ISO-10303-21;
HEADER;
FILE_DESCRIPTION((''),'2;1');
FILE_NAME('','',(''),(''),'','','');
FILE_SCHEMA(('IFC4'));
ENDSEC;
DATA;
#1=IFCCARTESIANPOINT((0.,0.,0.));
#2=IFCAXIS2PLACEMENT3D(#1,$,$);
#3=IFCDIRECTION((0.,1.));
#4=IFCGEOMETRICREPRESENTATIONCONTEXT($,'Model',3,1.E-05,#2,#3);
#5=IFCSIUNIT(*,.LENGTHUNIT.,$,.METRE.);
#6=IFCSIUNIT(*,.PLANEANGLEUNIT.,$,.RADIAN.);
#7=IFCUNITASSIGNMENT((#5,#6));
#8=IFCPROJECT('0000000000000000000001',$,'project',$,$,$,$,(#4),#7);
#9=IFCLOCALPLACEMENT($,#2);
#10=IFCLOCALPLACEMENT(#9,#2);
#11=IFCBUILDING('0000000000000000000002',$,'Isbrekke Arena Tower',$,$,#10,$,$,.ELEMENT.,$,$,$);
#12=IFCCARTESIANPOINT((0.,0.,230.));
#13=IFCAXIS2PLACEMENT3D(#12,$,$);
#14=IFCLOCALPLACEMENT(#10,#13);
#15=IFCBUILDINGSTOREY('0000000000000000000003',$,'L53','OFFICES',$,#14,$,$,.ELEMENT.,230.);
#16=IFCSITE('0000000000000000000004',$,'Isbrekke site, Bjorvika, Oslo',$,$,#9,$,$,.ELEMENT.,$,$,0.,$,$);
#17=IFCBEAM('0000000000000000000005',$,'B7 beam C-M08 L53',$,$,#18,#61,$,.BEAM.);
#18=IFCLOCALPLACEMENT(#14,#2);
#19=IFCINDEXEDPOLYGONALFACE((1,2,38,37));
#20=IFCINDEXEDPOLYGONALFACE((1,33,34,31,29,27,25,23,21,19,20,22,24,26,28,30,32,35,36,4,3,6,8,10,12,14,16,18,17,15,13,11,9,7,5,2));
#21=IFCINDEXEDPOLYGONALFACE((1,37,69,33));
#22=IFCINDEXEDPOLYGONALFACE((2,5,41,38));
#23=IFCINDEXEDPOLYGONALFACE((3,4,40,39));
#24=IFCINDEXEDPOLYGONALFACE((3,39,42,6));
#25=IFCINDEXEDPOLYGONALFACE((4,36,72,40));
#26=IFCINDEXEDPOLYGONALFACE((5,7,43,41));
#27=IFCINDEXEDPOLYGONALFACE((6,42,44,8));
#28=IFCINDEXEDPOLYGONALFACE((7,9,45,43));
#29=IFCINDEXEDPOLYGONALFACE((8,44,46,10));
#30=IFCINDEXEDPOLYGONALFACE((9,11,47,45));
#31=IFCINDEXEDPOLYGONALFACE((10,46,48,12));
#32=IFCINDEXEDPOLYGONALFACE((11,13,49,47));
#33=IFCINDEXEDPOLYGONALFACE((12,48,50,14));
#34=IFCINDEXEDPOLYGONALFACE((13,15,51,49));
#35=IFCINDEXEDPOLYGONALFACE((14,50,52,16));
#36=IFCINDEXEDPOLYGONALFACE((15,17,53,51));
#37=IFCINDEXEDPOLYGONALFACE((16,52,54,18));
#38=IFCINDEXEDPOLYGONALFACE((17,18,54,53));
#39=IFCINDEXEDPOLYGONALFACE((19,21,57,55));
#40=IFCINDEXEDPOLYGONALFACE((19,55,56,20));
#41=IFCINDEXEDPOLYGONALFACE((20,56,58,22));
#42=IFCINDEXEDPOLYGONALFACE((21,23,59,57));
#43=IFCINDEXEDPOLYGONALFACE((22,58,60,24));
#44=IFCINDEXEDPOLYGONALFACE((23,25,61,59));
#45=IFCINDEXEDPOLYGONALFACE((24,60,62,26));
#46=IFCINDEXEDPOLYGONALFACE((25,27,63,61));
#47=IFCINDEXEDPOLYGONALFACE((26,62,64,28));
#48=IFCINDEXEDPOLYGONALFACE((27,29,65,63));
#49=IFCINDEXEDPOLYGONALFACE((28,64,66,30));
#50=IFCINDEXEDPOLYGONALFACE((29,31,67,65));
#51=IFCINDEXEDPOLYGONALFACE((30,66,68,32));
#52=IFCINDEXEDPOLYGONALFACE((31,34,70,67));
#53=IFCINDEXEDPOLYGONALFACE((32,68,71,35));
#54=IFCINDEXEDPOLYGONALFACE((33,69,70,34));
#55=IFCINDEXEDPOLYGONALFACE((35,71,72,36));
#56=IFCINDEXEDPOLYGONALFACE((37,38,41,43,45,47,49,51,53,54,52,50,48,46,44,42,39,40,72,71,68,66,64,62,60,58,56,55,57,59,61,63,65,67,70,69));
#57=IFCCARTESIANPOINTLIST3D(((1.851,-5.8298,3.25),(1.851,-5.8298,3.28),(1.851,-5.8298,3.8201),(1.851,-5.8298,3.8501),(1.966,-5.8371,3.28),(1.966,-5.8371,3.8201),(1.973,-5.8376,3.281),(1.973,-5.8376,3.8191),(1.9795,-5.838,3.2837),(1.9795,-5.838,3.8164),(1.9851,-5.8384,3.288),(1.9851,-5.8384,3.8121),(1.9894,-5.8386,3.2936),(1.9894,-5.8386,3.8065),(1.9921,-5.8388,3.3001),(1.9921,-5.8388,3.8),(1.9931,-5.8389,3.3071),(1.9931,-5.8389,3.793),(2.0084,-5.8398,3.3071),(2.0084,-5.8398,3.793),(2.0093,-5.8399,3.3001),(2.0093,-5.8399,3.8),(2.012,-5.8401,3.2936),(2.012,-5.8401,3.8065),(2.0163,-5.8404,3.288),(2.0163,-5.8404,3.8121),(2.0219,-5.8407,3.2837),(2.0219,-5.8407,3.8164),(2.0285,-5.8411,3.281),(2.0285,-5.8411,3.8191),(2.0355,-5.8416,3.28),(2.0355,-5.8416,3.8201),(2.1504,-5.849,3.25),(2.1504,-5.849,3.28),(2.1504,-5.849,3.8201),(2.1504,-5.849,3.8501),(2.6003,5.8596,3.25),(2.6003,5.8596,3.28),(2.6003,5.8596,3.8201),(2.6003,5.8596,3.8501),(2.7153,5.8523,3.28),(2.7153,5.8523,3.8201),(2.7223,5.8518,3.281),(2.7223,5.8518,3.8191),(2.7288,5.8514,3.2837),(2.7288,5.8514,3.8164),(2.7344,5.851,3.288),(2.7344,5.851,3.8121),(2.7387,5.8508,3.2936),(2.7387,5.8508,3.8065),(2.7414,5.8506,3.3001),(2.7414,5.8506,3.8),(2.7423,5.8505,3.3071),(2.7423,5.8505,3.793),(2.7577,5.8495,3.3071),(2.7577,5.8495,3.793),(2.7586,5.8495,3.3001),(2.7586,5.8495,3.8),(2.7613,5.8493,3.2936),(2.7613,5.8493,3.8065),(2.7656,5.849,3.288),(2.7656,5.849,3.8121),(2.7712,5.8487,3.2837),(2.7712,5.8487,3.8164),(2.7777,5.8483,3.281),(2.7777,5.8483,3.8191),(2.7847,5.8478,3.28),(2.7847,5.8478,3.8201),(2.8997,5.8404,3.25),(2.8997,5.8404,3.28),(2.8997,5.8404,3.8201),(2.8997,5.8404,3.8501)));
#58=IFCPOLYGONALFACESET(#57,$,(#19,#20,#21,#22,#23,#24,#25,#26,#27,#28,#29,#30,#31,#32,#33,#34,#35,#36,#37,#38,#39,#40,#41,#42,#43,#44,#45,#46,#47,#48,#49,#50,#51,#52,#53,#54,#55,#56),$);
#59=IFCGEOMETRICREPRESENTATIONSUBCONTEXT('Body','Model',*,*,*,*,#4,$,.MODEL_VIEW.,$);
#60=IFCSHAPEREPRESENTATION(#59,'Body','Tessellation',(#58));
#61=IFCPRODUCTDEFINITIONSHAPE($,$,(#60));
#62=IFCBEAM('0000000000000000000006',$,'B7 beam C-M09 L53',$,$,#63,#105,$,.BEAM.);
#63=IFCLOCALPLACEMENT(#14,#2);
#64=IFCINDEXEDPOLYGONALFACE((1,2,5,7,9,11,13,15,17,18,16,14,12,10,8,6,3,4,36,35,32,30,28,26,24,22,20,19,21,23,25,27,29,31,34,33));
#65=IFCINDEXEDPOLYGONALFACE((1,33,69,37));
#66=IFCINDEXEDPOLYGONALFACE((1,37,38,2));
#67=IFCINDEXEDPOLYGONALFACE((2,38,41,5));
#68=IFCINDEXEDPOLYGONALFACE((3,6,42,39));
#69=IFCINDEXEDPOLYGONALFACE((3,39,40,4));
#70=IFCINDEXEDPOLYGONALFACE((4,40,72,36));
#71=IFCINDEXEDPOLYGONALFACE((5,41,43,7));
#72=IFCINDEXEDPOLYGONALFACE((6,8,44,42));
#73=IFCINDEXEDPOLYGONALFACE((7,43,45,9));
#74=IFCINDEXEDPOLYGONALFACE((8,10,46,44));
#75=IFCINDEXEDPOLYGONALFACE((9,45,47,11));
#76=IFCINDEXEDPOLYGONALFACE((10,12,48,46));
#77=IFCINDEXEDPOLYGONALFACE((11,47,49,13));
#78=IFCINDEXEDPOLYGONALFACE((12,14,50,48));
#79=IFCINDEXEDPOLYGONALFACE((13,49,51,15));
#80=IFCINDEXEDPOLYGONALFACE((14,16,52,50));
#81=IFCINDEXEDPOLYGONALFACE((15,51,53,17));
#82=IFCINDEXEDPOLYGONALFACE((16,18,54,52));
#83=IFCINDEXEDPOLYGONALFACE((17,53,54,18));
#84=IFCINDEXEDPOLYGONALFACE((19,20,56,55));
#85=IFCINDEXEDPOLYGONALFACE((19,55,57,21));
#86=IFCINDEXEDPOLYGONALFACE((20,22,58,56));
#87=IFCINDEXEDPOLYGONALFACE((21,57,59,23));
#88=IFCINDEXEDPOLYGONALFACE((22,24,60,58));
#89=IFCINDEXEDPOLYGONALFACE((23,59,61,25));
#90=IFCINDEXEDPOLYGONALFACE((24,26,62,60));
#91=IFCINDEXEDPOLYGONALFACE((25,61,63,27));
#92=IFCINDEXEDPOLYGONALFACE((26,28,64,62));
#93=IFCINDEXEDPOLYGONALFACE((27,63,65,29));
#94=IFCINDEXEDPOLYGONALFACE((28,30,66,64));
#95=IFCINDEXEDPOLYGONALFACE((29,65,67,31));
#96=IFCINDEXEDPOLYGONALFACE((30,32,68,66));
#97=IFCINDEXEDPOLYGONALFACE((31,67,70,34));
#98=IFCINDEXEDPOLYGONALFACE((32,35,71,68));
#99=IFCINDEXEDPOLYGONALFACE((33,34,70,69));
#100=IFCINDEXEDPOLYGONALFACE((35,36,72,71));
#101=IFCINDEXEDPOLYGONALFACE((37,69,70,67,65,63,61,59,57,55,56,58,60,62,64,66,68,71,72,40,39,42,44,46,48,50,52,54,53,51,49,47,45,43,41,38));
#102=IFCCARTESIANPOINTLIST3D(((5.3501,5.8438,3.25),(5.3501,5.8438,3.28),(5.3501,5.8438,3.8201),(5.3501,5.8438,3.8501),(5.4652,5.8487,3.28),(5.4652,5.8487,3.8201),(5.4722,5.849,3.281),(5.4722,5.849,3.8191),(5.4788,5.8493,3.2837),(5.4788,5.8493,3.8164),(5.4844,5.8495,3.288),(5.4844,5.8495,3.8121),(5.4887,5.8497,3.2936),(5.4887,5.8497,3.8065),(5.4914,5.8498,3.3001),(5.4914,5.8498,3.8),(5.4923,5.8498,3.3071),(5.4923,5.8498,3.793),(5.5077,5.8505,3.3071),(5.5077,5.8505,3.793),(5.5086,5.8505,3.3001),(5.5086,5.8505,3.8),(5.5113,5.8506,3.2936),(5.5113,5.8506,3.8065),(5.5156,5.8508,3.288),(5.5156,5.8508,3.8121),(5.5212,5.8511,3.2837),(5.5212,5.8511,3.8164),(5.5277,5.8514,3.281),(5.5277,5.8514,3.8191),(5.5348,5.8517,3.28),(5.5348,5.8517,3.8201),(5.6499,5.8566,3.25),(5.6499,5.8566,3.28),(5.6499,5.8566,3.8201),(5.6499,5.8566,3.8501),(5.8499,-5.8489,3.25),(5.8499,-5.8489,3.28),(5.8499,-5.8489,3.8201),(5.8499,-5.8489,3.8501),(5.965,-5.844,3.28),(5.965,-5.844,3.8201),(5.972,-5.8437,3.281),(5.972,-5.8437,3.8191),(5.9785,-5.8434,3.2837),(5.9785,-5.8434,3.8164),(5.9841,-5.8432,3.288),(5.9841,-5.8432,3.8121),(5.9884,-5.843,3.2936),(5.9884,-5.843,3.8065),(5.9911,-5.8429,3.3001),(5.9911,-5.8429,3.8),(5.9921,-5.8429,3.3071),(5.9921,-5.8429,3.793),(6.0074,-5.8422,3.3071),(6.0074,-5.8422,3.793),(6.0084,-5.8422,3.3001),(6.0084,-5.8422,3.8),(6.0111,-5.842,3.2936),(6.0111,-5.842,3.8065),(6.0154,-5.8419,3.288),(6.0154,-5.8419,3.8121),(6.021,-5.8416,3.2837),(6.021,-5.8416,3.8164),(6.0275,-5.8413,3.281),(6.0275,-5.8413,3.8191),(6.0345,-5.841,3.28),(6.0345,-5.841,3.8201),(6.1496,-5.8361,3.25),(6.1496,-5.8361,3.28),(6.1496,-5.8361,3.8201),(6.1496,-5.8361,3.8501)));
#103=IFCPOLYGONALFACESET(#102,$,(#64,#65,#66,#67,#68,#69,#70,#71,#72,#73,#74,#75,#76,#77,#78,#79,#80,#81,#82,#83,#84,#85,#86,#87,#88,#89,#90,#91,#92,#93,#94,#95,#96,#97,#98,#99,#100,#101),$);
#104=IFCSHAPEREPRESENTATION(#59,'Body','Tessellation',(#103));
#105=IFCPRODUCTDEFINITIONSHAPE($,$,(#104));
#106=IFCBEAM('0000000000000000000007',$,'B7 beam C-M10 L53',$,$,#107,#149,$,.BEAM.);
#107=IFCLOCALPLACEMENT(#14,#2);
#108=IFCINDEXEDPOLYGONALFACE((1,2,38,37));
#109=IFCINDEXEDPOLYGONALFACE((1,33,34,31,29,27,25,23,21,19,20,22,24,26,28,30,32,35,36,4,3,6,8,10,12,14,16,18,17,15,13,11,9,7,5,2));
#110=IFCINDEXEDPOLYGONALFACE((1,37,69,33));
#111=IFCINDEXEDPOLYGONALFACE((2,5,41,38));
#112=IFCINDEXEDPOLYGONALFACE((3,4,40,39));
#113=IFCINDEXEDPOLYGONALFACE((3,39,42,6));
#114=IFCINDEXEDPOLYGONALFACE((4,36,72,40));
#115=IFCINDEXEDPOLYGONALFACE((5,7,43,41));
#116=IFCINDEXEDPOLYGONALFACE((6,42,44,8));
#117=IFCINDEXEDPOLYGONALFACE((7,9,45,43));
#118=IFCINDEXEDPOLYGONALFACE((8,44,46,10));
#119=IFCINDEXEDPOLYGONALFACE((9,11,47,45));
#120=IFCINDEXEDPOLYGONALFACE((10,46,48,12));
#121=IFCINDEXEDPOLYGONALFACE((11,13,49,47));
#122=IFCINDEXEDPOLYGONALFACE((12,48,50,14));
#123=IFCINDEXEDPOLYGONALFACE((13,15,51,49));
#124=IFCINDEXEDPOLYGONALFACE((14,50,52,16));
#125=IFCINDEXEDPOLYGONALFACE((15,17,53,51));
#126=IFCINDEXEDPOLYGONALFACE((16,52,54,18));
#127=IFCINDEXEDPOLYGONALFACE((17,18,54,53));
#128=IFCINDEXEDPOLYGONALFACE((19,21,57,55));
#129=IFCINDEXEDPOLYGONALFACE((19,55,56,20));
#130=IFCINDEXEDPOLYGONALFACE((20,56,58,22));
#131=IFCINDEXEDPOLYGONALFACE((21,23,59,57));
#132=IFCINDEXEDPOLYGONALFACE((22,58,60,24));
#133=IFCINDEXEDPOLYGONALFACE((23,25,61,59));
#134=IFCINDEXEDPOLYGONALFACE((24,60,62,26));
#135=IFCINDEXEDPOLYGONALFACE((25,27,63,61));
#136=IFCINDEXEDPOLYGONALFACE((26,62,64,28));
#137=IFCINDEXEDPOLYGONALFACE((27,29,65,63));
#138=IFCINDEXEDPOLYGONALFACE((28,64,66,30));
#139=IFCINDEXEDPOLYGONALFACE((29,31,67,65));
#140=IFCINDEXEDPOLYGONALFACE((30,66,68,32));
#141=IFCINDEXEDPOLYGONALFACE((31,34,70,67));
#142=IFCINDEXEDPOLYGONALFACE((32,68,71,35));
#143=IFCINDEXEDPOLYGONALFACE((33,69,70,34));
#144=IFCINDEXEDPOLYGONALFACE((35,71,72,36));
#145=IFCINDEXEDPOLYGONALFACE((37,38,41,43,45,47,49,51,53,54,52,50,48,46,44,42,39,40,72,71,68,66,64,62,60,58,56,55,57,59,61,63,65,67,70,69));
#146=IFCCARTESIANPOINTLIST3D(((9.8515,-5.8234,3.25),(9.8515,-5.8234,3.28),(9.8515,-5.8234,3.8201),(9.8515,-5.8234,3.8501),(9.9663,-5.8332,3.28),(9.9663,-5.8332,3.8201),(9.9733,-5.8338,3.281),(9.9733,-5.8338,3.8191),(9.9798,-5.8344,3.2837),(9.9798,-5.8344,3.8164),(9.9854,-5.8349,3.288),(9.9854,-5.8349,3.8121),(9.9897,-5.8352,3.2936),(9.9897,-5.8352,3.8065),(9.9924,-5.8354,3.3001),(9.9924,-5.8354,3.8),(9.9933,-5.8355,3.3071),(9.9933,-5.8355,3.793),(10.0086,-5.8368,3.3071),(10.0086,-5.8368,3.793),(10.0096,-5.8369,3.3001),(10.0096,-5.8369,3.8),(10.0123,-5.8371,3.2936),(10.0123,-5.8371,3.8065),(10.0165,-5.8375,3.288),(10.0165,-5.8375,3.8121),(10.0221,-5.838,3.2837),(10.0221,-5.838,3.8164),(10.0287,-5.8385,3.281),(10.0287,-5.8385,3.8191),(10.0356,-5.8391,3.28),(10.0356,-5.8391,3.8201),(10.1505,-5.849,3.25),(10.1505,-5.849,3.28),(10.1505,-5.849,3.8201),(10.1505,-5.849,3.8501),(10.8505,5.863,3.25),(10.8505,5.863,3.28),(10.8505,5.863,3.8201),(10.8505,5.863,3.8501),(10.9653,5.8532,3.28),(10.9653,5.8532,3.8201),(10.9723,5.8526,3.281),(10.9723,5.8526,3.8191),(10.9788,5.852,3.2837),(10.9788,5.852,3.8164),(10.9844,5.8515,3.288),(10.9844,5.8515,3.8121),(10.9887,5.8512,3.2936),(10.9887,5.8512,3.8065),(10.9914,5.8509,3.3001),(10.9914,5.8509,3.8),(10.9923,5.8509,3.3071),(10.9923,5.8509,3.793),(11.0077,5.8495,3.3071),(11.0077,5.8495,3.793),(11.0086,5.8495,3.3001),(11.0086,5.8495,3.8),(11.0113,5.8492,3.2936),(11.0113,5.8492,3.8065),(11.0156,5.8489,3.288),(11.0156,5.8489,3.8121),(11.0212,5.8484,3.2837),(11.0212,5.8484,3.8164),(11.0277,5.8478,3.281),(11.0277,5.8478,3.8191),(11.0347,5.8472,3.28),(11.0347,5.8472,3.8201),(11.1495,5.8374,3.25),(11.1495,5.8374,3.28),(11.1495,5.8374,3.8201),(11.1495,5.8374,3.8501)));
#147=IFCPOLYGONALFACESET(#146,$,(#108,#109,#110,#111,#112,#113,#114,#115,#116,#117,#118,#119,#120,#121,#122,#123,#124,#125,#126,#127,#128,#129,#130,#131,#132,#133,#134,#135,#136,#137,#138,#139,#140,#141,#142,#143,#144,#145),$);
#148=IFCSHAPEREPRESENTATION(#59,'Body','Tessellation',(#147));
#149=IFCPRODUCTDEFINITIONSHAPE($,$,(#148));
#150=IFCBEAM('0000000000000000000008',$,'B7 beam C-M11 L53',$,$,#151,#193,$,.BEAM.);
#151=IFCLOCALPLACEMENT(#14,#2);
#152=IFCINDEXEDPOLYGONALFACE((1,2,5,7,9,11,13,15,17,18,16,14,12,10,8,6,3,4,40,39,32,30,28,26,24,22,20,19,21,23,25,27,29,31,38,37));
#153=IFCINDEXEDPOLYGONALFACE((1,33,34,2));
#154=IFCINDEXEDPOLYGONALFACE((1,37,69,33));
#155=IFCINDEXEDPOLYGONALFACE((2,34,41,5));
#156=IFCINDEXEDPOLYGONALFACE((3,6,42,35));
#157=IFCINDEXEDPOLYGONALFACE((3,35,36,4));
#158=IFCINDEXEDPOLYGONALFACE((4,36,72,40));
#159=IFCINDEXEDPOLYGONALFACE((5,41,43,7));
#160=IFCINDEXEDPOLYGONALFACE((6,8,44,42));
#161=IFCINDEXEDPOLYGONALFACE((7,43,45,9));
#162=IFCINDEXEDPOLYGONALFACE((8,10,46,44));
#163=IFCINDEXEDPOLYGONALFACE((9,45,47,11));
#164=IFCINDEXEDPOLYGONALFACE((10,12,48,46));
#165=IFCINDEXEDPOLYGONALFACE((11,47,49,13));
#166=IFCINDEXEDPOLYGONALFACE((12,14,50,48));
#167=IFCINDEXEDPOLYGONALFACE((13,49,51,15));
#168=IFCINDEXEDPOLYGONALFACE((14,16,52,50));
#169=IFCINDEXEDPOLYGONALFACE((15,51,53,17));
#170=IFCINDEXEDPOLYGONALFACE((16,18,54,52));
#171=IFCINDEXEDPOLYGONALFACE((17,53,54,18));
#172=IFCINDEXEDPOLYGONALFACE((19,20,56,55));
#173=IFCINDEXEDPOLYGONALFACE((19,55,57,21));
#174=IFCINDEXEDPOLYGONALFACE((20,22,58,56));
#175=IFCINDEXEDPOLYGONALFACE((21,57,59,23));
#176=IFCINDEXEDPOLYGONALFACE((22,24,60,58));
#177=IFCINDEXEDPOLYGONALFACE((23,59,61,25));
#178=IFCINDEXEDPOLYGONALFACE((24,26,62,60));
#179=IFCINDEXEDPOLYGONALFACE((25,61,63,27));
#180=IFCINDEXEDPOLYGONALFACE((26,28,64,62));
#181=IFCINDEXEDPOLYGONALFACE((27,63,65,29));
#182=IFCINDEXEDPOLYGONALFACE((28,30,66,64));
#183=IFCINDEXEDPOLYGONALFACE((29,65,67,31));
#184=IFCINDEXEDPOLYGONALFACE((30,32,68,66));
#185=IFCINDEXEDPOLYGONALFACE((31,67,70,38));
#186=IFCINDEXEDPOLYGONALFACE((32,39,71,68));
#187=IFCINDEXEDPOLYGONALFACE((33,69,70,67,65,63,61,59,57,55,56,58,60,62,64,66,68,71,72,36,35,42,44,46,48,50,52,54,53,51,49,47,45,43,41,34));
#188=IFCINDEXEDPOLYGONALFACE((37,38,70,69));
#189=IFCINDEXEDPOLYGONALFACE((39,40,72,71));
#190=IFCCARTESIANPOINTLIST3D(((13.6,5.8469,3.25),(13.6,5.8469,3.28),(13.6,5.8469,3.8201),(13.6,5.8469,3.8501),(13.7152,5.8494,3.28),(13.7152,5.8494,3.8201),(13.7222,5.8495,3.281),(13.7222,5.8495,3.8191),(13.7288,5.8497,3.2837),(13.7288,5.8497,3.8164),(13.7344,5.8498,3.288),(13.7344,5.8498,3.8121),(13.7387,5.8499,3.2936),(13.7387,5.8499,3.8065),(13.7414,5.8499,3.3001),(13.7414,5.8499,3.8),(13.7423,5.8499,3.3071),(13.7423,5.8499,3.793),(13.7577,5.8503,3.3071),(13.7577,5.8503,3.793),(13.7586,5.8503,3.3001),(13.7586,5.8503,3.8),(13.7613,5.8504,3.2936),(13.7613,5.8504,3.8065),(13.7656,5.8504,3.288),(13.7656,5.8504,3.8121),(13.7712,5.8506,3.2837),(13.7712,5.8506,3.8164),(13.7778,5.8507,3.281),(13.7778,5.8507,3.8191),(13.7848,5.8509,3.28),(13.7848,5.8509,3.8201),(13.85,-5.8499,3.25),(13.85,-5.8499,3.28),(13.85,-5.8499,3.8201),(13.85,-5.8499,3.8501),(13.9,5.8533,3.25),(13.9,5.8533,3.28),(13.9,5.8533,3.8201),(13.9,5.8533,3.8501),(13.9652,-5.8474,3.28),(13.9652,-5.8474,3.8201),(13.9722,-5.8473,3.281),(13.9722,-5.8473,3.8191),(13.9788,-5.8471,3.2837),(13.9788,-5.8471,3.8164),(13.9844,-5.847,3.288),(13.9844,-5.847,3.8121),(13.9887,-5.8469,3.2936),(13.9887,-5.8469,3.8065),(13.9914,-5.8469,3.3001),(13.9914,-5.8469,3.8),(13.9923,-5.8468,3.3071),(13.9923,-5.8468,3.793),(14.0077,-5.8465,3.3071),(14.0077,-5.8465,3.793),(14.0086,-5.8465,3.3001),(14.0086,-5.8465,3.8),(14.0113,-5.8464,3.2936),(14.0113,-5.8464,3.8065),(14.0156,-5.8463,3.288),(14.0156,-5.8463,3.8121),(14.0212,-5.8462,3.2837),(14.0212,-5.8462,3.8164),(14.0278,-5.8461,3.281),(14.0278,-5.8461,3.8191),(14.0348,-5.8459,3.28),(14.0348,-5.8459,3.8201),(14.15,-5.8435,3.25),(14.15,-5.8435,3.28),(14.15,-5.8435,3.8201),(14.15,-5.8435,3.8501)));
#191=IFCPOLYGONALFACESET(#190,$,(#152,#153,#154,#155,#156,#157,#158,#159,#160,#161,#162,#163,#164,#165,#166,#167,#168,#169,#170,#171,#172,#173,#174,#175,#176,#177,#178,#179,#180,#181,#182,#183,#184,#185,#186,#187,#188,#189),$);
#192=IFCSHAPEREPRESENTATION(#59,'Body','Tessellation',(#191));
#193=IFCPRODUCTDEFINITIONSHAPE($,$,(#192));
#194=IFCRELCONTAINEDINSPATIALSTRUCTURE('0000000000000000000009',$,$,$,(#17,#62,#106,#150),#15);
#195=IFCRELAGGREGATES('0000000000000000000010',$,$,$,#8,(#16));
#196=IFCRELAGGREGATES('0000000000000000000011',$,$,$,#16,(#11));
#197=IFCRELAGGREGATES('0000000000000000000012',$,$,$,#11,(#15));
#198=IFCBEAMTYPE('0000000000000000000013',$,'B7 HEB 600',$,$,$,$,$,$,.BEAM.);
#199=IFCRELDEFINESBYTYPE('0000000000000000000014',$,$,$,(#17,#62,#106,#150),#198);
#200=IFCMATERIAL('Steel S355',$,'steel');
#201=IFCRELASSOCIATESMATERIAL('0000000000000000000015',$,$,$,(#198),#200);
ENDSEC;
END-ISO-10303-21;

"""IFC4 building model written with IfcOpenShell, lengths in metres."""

from ifc_helpers import new_model, si_unit, direction, frame, origin, origin_2d, place, context, subcontext, project, spatial, i_section, extrude, material, material_profile, profile_set, type_object, element, save


model = new_model("IFC4")

# Units and contexts
model_context = context("Model", 3, precision=1e-05, world=origin(), true_north=direction((0.0, 1.0)))
body_context = subcontext(model_context, "Body", "Model", "MODEL_VIEW")
ifc_project = project(units=[si_unit("LENGTHUNIT", "METRE"), si_unit("PLANEANGLEUNIT", "RADIAN")], contexts=[model_context])

# Site, building, storey
site_placement = place(None, origin())
site = spatial("IfcSite", under=ifc_project, at=site_placement, Name="Isbrekke site, Bjorvika, Oslo", CompositionType="ELEMENT", RefElevation=0.0)
building_placement = place(site_placement, origin())
building = spatial("IfcBuilding", under=site, at=building_placement, Name="Isbrekke Arena Tower", CompositionType="ELEMENT")
storey_placement = place(building_placement, frame((0.0, 0.0, 230.0)))
storey = spatial("IfcBuildingStorey", under=building, at=storey_placement, Name="L53", Description="OFFICES", CompositionType="ELEMENT", Elevation=230.0)

# Beams
ifc_material_1 = material(Name="Steel S355", Category="steel")
ifc_material_profile_1 = material_profile(ifc_material_1, i_section(OverallWidth=0.3, OverallDepth=0.6001, WebThickness=0.0154, FlangeThickness=0.03, FilletRadius=0.0271, at=origin_2d()), Name="HEB 600")
ifc_profile_set_1 = profile_set([ifc_material_profile_1], Name="Steel S355")
beam_type_1 = type_object("IfcBeamType", Name="B7 HEB 600", PredefinedType="BEAM", material=ifc_profile_set_1)
beam_1_placement = place(storey_placement, frame((2.0007, -5.8394, 3.55), z_axis=(0.063966, 0.997952, 0.0), x_axis=(-0.997952, 0.063966, 0.0)))
element("IfcBeam", 1, at=beam_1_placement, inside=storey, type_object=beam_type_1, Name="B7 beam C-M08 L53", PredefinedType="BEAM", context=body_context, shape_type="SweptSolid", body=[
    extrude(i_section(OverallWidth=0.3, OverallDepth=0.6001, WebThickness=0.0154, FlangeThickness=0.03, FilletRadius=0.0271, at=origin_2d()), origin(), (0.0, 0.0, 1.0), 11.7134),
])
beam_2_placement = place(storey_placement, frame((5.9998, -5.8425, 3.55), z_axis=(-0.042702, 0.999088, 0.0), x_axis=(-0.999088, -0.042702, 0.0)))
element("IfcBeam", 2, at=beam_2_placement, inside=storey, type_object=beam_type_1, Name="B7 beam C-M09 L53", PredefinedType="BEAM", context=body_context, shape_type="SweptSolid", body=[
    extrude(i_section(OverallWidth=0.3, OverallDepth=0.6001, WebThickness=0.0154, FlangeThickness=0.03, FilletRadius=0.0271, at=origin_2d()), origin(), (0.0, 0.0, 1.0), 11.7034),
])
beam_3_placement = place(storey_placement, frame((10.001, -5.8362, 3.55), z_axis=(0.085176, 0.996366, 0.0), x_axis=(-0.996366, 0.085176, 0.0)))
element("IfcBeam", 3, at=beam_3_placement, inside=storey, type_object=beam_type_1, Name="B7 beam C-M10 L53", PredefinedType="BEAM", context=body_context, shape_type="SweptSolid", body=[
    extrude(i_section(OverallWidth=0.3, OverallDepth=0.6001, WebThickness=0.0154, FlangeThickness=0.03, FilletRadius=0.0271, at=origin_2d()), origin(), (0.0, 0.0, 1.0), 11.729),
])
beam_4_placement = place(storey_placement, frame((14.0, -5.8467, 3.55), z_axis=(-0.021369, 0.999772, 0.0), x_axis=(-0.999772, -0.021369, 0.0)))
element("IfcBeam", 4, at=beam_4_placement, inside=storey, type_object=beam_type_1, Name="B7 beam C-M11 L53", PredefinedType="BEAM", context=body_context, shape_type="SweptSolid", body=[
    extrude(i_section(OverallWidth=0.3, OverallDepth=0.6001, WebThickness=0.0154, FlangeThickness=0.03, FilletRadius=0.0271, at=origin_2d()), origin(), (0.0, 0.0, 1.0), 11.6995),
])

save(model, "model.ifc")
